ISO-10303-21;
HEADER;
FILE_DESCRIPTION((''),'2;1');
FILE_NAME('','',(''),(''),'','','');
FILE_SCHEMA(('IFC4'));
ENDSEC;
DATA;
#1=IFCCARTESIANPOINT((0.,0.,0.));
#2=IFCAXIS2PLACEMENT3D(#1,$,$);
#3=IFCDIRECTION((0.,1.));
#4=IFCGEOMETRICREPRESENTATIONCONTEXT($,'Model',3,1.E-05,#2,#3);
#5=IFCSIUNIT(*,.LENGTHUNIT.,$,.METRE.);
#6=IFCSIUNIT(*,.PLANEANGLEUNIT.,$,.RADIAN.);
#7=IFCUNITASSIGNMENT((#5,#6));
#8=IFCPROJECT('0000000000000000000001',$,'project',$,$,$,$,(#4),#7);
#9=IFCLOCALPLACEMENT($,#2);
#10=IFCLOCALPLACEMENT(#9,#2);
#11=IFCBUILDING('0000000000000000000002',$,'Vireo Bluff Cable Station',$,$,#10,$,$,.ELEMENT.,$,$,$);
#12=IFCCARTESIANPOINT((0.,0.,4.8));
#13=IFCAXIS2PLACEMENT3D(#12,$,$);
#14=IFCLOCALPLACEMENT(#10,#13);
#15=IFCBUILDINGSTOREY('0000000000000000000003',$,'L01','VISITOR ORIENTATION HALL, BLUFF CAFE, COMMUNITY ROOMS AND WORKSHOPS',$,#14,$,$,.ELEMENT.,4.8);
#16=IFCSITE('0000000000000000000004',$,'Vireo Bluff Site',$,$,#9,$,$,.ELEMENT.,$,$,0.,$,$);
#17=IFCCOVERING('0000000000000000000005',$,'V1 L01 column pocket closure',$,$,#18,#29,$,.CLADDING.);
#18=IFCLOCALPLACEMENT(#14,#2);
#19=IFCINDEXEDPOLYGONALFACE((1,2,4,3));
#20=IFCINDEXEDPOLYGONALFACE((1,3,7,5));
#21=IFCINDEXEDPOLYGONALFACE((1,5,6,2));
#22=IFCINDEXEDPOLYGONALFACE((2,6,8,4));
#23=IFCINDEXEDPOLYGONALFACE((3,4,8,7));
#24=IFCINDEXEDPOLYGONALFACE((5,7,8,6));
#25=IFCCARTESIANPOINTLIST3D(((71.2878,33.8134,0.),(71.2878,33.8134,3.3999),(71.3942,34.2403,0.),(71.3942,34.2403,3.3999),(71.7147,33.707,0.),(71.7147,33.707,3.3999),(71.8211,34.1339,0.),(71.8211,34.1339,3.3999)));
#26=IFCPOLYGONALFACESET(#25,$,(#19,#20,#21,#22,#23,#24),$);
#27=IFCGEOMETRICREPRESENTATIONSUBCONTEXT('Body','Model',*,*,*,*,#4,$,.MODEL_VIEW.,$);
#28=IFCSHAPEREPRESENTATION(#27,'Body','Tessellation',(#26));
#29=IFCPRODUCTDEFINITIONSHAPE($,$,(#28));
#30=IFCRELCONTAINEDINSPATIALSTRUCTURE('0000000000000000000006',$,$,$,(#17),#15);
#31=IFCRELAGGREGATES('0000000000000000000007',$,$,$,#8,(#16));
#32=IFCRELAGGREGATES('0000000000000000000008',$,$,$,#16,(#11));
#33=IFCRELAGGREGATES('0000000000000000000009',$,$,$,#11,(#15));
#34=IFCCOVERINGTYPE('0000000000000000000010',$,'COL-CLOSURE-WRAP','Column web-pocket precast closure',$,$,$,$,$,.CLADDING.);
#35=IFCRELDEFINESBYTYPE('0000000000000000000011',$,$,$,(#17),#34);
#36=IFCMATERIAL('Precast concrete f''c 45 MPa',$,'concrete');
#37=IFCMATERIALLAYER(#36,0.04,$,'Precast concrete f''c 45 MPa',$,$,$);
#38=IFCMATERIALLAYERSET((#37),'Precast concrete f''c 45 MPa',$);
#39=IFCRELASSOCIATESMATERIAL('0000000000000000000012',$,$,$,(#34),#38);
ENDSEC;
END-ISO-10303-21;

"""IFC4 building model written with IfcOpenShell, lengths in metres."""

from ifc_helpers import new_model, si_unit, direction, frame, origin, origin_2d, place, context, subcontext, project, spatial, rectangle, extrude, material, layer, layer_set, type_object, element, save


model = new_model("IFC4")

# Units and contexts
model_context = context("Model", 3, precision=1e-05, world=origin(), true_north=direction((0.0, 1.0)))
body_context = subcontext(model_context, "Body", "Model", "MODEL_VIEW")
ifc_project = project(units=[si_unit("LENGTHUNIT", "METRE"), si_unit("PLANEANGLEUNIT", "RADIAN")], contexts=[model_context])

# Site, building, storey
site_placement = place(None, origin())
site = spatial("IfcSite", under=ifc_project, at=site_placement, Name="Vireo Bluff Site", CompositionType="ELEMENT", RefElevation=0.0)
building_placement = place(site_placement, origin())
building = spatial("IfcBuilding", under=site, at=building_placement, Name="Vireo Bluff Cable Station", CompositionType="ELEMENT")
storey_placement = place(building_placement, frame((0.0, 0.0, 4.8)))
storey = spatial("IfcBuildingStorey", under=building, at=storey_placement, Name="L01", Description="VISITOR ORIENTATION HALL, BLUFF CAFE, COMMUNITY ROOMS AND WORKSHOPS", CompositionType="ELEMENT", Elevation=4.8)

# Covering
ifc_material_1 = material(Name="Precast concrete f'c 45 MPa", Category="concrete")
ifc_layer_1 = layer(ifc_material_1, 0.04, Name="Precast concrete f'c 45 MPa")
ifc_layer_set_1 = layer_set([ifc_layer_1], Name="Precast concrete f'c 45 MPa")
covering_type = type_object("IfcCoveringType", Name="COL-CLOSURE-WRAP", Description="Column web-pocket precast closure", PredefinedType="CLADDING", material=ifc_layer_set_1)
covering_placement = place(storey_placement, frame((71.5544, 33.9736, 0.0), z_axis=(0.0, 0.0, 1.0), x_axis=(0.970296, -0.241922, 0.0)))
element("IfcCovering", 1, at=covering_placement, inside=storey, type_object=covering_type, Name="V1 L01 column pocket closure", PredefinedType="CLADDING", context=body_context, shape_type="SweptSolid", body=[
    extrude(rectangle(XDim=0.4399, YDim=0.4399, at=origin_2d()), origin(), (0.0, 0.0, 1.0), 3.3999),
])

save(model, "model.ifc")
